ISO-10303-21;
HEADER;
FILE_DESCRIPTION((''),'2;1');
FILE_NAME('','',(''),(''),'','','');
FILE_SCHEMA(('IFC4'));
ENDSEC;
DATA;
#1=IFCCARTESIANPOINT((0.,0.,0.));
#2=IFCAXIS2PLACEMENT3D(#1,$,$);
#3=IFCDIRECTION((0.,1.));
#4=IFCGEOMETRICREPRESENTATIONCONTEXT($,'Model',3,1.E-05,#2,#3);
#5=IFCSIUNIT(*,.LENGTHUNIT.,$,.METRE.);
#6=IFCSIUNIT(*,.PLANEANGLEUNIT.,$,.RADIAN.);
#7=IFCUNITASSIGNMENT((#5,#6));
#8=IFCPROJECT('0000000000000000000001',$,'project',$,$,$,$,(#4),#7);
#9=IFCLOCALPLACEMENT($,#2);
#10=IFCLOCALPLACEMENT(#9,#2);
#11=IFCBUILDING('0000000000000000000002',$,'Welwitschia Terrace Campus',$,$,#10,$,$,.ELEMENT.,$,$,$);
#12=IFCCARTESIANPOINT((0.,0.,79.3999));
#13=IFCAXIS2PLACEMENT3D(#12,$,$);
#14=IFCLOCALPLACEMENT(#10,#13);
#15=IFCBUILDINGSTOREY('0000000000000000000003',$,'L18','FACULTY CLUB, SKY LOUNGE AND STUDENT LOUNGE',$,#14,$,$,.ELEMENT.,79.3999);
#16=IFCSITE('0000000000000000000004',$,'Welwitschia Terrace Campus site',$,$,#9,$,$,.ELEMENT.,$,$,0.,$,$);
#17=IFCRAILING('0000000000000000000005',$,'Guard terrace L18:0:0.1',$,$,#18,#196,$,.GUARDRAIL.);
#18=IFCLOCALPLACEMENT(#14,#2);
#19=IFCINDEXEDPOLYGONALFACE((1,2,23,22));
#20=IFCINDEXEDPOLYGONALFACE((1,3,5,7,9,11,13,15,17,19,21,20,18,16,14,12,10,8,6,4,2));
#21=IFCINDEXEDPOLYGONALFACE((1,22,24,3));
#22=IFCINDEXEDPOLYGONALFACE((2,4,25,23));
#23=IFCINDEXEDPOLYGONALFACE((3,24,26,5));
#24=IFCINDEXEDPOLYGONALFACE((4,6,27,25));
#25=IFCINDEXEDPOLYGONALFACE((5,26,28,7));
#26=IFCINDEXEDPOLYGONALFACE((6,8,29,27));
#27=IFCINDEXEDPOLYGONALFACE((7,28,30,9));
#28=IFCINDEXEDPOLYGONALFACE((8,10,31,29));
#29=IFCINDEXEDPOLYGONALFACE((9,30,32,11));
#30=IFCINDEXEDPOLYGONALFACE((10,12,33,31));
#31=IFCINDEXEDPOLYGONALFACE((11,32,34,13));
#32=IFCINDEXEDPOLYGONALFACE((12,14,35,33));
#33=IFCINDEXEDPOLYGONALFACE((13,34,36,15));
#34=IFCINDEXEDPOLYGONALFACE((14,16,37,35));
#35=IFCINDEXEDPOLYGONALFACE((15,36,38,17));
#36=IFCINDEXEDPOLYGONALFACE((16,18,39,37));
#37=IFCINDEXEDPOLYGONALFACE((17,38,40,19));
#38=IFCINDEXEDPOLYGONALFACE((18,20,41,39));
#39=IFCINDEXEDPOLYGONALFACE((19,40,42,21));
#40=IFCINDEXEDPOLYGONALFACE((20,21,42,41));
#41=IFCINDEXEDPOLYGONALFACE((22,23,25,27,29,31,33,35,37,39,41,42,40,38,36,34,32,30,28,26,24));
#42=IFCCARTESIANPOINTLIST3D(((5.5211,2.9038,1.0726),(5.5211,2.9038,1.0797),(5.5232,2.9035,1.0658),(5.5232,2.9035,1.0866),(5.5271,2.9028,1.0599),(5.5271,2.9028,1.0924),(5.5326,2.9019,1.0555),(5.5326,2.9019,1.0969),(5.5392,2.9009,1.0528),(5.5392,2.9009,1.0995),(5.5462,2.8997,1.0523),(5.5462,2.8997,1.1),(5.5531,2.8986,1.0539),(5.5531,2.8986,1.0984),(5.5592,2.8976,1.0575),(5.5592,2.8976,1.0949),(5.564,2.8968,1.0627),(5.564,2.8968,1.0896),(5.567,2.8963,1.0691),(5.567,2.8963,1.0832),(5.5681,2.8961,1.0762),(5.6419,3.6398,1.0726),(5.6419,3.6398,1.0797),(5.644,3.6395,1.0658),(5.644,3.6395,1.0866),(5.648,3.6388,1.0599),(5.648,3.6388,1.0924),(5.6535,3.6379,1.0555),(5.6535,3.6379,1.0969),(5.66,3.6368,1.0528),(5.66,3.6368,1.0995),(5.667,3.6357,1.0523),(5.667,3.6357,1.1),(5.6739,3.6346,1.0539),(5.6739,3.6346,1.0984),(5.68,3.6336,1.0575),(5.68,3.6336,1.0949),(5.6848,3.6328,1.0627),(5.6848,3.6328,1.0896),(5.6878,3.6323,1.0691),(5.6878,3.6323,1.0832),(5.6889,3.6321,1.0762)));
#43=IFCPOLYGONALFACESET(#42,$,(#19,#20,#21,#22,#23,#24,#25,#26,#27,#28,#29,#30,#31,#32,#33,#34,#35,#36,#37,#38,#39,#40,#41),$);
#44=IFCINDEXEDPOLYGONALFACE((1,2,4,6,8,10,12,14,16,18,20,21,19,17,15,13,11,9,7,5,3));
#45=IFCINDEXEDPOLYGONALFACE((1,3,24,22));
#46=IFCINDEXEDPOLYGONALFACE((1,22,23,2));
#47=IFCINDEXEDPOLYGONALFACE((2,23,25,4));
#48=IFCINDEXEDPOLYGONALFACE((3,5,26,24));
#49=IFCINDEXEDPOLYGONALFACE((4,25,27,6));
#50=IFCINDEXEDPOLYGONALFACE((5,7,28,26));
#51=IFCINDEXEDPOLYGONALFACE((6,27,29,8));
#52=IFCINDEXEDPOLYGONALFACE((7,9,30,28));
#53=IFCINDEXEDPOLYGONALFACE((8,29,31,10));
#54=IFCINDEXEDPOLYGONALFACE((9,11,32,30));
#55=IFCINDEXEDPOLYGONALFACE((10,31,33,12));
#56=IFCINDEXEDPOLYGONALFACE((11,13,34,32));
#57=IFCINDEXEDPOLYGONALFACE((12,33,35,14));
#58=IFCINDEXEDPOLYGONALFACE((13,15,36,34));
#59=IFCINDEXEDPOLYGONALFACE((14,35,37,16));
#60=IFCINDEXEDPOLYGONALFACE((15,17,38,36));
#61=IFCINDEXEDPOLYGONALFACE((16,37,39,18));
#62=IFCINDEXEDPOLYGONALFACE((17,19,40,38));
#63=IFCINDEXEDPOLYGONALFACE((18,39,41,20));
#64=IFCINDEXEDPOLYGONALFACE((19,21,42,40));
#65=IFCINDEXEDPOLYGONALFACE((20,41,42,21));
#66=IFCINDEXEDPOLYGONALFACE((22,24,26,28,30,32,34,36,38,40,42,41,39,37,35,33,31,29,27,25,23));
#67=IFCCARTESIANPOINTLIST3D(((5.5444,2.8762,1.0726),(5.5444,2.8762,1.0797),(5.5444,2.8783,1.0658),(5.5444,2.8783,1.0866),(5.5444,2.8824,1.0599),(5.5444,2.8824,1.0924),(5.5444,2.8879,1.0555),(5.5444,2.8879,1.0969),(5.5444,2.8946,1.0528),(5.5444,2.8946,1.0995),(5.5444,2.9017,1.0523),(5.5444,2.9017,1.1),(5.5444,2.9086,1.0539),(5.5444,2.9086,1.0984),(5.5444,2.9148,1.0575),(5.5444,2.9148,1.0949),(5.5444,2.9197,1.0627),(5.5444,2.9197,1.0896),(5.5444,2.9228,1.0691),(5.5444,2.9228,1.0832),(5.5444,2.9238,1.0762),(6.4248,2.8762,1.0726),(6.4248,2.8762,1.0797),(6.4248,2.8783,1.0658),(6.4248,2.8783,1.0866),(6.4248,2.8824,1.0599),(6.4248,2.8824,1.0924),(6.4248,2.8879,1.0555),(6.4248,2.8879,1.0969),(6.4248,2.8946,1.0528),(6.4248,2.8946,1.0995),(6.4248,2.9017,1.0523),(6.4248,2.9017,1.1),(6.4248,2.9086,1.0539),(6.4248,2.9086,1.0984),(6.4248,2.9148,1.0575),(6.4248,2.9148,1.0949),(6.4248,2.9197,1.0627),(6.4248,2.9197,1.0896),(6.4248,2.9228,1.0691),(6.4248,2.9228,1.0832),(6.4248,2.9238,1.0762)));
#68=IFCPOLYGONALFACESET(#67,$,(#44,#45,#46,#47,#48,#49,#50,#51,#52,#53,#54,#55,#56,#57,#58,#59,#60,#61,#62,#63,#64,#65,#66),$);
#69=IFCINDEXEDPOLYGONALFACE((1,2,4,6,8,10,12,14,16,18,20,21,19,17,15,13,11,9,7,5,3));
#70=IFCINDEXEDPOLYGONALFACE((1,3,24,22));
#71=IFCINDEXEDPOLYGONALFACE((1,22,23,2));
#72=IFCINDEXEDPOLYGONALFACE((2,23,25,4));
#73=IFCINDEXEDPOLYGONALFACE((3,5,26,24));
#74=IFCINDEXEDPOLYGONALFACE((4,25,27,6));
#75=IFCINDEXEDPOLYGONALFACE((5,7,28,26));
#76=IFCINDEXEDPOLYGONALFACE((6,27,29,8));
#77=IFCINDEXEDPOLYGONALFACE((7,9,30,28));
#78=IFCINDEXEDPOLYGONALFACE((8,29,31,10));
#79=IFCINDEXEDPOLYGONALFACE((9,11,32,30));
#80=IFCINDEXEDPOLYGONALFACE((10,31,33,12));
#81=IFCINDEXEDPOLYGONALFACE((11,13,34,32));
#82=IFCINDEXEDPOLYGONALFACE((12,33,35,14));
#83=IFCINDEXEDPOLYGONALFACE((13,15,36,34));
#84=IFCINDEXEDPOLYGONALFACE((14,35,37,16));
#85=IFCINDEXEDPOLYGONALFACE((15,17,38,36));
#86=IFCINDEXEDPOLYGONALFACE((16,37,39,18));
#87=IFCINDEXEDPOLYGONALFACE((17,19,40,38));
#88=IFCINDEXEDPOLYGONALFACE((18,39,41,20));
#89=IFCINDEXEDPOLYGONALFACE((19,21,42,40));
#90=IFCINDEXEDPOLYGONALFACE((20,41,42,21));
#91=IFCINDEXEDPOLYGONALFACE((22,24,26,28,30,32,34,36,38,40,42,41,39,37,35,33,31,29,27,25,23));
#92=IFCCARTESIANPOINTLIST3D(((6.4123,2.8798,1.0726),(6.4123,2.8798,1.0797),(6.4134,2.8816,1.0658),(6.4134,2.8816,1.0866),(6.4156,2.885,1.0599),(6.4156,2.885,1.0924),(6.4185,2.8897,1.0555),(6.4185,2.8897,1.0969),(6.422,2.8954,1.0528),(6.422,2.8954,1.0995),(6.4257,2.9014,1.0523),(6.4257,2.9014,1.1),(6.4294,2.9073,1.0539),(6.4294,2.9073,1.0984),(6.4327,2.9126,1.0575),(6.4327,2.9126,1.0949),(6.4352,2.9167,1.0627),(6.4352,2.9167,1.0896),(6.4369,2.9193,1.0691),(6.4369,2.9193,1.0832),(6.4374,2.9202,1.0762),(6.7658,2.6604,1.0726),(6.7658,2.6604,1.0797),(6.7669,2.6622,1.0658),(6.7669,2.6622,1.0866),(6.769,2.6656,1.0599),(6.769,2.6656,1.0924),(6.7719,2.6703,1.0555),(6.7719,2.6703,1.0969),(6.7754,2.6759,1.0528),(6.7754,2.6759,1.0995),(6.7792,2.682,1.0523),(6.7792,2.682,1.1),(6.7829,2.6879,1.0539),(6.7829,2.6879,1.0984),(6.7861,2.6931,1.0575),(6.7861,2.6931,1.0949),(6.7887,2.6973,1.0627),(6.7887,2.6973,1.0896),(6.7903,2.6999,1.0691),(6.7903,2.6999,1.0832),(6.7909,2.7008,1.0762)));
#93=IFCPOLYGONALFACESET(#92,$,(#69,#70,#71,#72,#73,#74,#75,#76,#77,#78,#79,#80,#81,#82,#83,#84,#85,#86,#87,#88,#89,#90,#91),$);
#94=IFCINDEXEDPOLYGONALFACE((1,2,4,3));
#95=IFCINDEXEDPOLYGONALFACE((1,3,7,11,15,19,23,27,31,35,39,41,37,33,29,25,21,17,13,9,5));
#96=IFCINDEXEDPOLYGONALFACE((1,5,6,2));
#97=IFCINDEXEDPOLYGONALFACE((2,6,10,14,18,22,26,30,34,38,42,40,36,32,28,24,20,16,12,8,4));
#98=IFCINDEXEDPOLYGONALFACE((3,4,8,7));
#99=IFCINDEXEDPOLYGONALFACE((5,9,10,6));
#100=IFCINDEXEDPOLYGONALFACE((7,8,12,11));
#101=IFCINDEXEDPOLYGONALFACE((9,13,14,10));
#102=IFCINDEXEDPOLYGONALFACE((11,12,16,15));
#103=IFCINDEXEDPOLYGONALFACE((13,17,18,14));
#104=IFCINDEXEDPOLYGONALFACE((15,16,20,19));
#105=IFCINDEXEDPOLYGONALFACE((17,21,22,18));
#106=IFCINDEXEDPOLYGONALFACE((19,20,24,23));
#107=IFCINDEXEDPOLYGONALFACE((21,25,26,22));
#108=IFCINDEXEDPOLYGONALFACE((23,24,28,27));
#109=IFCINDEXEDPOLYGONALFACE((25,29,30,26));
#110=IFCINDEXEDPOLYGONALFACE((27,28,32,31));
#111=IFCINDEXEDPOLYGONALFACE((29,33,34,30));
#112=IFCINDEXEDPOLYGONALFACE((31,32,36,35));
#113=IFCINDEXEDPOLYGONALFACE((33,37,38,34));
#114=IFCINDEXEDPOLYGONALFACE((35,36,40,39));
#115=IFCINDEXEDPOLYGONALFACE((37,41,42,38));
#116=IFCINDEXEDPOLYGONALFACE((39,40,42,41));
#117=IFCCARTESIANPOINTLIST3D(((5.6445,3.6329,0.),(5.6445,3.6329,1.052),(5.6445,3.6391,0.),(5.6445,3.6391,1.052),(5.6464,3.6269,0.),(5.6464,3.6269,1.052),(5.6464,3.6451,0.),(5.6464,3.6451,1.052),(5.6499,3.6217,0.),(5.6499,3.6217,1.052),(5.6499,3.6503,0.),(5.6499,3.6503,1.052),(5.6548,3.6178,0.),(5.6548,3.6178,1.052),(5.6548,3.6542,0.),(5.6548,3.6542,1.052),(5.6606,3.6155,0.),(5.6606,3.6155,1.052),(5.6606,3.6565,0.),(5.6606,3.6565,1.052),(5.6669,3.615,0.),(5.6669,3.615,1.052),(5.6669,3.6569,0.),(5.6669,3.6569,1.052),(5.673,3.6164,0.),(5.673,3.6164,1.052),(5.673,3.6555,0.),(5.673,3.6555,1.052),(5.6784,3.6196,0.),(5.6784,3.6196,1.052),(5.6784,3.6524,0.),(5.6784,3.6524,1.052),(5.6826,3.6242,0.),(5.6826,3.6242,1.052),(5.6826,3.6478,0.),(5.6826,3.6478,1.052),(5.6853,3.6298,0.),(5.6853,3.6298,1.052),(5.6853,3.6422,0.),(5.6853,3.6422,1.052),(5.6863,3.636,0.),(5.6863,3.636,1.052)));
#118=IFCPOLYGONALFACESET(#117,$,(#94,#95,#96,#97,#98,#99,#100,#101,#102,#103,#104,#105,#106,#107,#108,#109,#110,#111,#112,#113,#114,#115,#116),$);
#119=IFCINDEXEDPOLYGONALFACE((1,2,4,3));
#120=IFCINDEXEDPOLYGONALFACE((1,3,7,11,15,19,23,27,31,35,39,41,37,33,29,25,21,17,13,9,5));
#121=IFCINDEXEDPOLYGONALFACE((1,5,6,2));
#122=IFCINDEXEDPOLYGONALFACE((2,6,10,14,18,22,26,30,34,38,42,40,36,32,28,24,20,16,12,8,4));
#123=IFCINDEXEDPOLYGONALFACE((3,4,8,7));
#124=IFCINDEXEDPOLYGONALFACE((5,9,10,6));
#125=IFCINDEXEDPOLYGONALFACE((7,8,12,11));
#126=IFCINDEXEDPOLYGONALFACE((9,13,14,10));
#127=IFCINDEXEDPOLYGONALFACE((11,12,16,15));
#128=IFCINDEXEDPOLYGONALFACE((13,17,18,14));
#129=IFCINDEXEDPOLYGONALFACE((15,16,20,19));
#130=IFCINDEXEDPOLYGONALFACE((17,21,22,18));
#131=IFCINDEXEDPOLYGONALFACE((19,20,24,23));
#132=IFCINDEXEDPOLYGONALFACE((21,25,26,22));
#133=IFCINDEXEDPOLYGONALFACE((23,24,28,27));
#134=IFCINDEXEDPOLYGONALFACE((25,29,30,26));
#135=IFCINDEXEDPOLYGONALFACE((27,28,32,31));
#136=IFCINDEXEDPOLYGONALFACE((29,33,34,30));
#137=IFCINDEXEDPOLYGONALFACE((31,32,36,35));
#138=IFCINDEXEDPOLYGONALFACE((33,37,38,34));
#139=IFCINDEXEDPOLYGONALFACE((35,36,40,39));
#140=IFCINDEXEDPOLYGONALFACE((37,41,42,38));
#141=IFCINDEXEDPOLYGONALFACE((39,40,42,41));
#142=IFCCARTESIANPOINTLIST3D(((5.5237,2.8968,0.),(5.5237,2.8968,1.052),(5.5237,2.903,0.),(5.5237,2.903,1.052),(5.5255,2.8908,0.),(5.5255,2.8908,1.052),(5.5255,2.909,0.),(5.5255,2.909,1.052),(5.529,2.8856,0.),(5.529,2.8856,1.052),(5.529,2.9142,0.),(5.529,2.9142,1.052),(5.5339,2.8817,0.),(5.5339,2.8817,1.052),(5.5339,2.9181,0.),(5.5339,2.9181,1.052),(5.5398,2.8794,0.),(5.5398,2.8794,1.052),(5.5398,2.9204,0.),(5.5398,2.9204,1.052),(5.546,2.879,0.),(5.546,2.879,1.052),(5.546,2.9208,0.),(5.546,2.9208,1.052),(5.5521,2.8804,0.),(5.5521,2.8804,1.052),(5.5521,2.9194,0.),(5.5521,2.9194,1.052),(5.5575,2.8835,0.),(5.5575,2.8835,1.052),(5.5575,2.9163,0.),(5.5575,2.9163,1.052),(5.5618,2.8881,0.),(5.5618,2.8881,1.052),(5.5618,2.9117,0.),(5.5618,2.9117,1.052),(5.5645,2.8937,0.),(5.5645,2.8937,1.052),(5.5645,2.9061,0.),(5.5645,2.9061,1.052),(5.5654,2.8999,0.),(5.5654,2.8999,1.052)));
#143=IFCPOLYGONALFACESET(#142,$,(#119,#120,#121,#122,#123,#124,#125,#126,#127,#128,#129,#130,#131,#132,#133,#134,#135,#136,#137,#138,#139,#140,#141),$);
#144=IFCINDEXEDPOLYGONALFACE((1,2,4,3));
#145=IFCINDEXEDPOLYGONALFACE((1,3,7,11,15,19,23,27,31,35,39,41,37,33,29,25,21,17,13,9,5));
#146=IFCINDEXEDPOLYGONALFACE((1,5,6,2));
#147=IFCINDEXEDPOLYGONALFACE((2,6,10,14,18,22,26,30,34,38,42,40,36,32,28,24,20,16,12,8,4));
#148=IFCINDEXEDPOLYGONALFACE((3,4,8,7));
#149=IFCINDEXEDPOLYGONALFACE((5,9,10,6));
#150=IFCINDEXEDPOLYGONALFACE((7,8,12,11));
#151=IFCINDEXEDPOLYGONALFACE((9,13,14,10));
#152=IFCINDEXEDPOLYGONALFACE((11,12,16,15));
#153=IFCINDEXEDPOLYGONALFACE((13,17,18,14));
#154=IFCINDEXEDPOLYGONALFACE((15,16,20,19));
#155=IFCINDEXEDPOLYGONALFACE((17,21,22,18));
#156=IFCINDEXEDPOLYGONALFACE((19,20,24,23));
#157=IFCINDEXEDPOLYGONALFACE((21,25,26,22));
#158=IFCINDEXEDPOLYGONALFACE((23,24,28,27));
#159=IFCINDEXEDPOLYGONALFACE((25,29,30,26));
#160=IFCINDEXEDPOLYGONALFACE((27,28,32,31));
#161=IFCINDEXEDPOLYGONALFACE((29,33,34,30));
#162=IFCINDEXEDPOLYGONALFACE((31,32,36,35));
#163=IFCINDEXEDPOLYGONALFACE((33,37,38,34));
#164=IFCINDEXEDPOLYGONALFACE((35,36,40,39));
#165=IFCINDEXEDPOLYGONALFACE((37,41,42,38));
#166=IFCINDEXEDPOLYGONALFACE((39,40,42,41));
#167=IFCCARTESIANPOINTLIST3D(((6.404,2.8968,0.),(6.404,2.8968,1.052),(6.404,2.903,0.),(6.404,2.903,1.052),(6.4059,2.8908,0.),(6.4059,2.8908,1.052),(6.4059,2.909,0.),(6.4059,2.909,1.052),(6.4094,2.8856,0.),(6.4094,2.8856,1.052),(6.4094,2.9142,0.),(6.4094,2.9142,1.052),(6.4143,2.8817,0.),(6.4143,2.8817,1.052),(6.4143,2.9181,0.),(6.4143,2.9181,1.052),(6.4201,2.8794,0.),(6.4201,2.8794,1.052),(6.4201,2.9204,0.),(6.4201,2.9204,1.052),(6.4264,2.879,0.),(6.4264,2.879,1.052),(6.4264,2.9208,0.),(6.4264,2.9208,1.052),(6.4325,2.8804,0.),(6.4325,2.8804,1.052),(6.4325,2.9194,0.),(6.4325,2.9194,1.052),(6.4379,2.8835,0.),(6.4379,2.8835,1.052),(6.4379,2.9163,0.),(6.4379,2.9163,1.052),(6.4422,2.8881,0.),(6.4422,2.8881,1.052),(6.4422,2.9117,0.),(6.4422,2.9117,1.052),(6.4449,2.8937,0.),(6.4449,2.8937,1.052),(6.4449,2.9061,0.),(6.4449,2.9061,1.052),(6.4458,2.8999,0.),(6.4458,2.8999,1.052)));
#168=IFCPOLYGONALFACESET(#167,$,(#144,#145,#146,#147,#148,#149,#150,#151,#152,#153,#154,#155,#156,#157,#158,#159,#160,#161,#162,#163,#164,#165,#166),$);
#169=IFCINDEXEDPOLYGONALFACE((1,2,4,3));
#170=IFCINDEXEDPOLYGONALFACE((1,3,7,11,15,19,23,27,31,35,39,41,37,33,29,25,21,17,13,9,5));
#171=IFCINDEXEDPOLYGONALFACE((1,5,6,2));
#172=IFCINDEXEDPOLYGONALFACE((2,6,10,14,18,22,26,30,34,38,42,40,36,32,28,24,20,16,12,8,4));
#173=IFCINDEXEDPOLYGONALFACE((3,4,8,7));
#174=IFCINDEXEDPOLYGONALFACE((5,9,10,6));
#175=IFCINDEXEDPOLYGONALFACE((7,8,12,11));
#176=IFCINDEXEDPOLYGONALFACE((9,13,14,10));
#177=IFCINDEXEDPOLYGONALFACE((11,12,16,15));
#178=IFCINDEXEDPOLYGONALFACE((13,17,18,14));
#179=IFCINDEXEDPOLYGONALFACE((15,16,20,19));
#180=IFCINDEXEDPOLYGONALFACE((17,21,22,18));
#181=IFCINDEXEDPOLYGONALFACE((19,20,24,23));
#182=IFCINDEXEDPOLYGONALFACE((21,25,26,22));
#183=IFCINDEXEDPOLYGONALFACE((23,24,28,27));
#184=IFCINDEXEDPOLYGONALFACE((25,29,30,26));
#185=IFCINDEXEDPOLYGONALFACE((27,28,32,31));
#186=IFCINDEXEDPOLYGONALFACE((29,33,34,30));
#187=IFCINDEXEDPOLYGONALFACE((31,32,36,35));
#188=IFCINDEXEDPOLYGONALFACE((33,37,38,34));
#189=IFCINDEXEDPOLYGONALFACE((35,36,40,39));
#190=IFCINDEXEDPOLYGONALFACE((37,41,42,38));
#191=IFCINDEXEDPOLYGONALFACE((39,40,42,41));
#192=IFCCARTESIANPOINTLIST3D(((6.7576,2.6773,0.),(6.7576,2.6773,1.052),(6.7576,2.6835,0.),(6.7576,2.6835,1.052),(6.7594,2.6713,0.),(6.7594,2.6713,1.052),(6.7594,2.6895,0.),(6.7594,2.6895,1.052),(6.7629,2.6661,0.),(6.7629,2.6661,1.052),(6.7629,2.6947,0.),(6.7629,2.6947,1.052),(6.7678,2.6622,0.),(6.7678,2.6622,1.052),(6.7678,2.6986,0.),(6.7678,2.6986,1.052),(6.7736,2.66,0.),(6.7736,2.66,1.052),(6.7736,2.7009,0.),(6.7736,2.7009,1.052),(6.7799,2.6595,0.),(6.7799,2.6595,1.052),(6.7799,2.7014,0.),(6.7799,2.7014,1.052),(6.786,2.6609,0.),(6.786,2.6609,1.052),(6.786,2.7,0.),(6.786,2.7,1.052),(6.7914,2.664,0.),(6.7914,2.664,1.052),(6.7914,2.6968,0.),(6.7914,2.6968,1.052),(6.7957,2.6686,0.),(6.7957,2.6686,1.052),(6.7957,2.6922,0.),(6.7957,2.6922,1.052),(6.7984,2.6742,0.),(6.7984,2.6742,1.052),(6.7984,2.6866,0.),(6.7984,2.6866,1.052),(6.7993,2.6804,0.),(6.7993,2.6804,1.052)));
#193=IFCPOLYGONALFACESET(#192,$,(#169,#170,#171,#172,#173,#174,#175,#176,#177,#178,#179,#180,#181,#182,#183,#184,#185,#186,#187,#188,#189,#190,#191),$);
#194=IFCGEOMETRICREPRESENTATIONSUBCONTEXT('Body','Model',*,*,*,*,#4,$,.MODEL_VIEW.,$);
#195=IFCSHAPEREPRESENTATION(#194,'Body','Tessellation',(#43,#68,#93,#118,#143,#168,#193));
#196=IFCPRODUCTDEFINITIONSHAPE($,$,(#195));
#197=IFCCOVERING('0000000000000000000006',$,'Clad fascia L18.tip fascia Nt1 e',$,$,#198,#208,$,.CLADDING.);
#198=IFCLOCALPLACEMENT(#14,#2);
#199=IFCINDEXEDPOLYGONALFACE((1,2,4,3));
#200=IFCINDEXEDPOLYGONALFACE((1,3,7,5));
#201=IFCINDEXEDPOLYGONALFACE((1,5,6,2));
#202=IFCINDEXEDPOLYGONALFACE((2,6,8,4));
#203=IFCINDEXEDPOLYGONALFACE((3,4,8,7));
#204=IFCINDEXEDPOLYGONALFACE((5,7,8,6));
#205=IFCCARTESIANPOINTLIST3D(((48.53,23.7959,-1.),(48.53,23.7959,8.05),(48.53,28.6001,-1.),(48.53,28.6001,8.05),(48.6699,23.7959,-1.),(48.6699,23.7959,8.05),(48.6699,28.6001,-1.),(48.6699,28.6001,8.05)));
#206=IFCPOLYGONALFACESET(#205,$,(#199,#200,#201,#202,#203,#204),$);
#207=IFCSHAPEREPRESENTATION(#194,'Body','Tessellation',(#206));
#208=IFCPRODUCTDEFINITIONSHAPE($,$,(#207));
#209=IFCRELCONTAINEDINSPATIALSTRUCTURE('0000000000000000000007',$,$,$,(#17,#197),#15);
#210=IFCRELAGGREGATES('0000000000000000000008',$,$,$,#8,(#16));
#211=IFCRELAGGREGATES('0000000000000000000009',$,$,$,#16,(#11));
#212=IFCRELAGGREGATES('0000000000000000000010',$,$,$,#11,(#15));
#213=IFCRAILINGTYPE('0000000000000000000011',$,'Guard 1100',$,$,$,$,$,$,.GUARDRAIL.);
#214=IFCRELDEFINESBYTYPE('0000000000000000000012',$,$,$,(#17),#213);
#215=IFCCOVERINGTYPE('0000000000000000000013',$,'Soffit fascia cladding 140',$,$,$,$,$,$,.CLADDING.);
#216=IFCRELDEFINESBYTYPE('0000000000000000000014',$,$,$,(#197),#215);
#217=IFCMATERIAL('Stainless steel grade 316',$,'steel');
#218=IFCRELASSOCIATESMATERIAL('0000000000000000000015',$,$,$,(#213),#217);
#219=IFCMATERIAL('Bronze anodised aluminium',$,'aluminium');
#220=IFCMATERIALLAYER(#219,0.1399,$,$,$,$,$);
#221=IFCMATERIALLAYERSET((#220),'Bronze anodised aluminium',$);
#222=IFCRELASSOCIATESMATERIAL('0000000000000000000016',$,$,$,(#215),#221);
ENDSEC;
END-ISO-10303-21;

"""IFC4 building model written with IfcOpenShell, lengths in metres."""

from ifc_helpers import new_model, si_unit, direction, frame, origin, origin_2d, place, context, subcontext, project, spatial, polyline, circle, outline, extrude, material, layer, layer_set, type_object, element, save


model = new_model("IFC4")

# Units and contexts
model_context = context("Model", 3, precision=1e-05, world=origin(), true_north=direction((0.0, 1.0)))
body_context = subcontext(model_context, "Body", "Model", "MODEL_VIEW")
ifc_project = project(units=[si_unit("LENGTHUNIT", "METRE"), si_unit("PLANEANGLEUNIT", "RADIAN")], contexts=[model_context])

# Site, building, storey
site_placement = place(None, origin())
site = spatial("IfcSite", under=ifc_project, at=site_placement, Name="Welwitschia Terrace Campus site", CompositionType="ELEMENT", RefElevation=0.0)
building_placement = place(site_placement, origin())
building = spatial("IfcBuilding", under=site, at=building_placement, Name="Welwitschia Terrace Campus", CompositionType="ELEMENT")
storey_placement = place(building_placement, frame((0.0, 0.0, 79.3999)))
storey = spatial("IfcBuildingStorey", under=building, at=storey_placement, Name="L18", Description="FACULTY CLUB, SKY LOUNGE AND STUDENT LOUNGE", CompositionType="ELEMENT", Elevation=79.3999)

# Railing
ifc_material_1 = material(Name="Stainless steel grade 316", Category="steel")
railing_type = type_object("IfcRailingType", Name="Guard 1100", PredefinedType="GUARDRAIL", material=ifc_material_1)
railing_placement = place(storey_placement, frame((5.6653, 3.636, 0.0)))
element("IfcRailing", 1, at=railing_placement, inside=storey, type_object=railing_type, Name="Guard terrace L18:0:0.1", PredefinedType="GUARDRAIL", context=body_context, shape_type="SweptSolid", body=[
    extrude(circle(Radius=0.0239, at=origin_2d()), frame((0.0, 0.0, 1.0762), z_axis=(-0.16201, -0.986789, 0.0), x_axis=(0.986789, -0.16201, 0.0)), (0.0, 0.0, 1.0), 0.7458),
    extrude(circle(Radius=0.0239, at=origin_2d()), frame((-0.1208, -0.7361, 1.0762), z_axis=(1.0, 0.0, 0.0), x_axis=(0.0, 1.0, 0.0)), (0.0, 0.0, 1.0), 0.8804),
    extrude(circle(Radius=0.0239, at=origin_2d()), frame((0.7595, -0.7361, 1.0762), z_axis=(0.849577, -0.527465, 0.0), x_axis=(0.527465, 0.849577, 0.0)), (0.0, 0.0, 1.0), 0.416),
    extrude(circle(Radius=0.021, at=origin_2d()), origin(), (0.0, 0.0, 1.0), 1.052),
    extrude(circle(Radius=0.021, at=origin_2d()), frame((-0.1208, -0.7361, 0.0)), (0.0, 0.0, 1.0), 1.052),
    extrude(circle(Radius=0.021, at=origin_2d()), frame((0.7595, -0.7361, 0.0)), (0.0, 0.0, 1.0), 1.052),
    extrude(circle(Radius=0.021, at=origin_2d()), frame((1.113, -0.9556, 0.0)), (0.0, 0.0, 1.0), 1.052),
])

# Covering
ifc_material_2 = material(Name="Bronze anodised aluminium", Category="aluminium")
ifc_layer_1 = layer(ifc_material_2, 0.1399)
ifc_layer_set_1 = layer_set([ifc_layer_1], Name="Bronze anodised aluminium")
covering_type = type_object("IfcCoveringType", Name="Soffit fascia cladding 140", PredefinedType="CLADDING", material=ifc_layer_set_1)
covering_placement = place(storey_placement, frame((0.0, 0.0, -1.0)))
element("IfcCovering", 2, at=covering_placement, inside=storey, type_object=covering_type, Name="Clad fascia L18.tip fascia Nt1 e", PredefinedType="CLADDING", context=body_context, shape_type="SweptSolid", body=[
    extrude(outline(polyline([(48.53, 28.6001), (48.53, 23.7959), (48.6699, 23.7959), (48.6699, 28.6001), (48.53, 28.6001)])), origin(), (0.0, 0.0, 1.0), 9.05),
])

save(model, "model.ifc")
